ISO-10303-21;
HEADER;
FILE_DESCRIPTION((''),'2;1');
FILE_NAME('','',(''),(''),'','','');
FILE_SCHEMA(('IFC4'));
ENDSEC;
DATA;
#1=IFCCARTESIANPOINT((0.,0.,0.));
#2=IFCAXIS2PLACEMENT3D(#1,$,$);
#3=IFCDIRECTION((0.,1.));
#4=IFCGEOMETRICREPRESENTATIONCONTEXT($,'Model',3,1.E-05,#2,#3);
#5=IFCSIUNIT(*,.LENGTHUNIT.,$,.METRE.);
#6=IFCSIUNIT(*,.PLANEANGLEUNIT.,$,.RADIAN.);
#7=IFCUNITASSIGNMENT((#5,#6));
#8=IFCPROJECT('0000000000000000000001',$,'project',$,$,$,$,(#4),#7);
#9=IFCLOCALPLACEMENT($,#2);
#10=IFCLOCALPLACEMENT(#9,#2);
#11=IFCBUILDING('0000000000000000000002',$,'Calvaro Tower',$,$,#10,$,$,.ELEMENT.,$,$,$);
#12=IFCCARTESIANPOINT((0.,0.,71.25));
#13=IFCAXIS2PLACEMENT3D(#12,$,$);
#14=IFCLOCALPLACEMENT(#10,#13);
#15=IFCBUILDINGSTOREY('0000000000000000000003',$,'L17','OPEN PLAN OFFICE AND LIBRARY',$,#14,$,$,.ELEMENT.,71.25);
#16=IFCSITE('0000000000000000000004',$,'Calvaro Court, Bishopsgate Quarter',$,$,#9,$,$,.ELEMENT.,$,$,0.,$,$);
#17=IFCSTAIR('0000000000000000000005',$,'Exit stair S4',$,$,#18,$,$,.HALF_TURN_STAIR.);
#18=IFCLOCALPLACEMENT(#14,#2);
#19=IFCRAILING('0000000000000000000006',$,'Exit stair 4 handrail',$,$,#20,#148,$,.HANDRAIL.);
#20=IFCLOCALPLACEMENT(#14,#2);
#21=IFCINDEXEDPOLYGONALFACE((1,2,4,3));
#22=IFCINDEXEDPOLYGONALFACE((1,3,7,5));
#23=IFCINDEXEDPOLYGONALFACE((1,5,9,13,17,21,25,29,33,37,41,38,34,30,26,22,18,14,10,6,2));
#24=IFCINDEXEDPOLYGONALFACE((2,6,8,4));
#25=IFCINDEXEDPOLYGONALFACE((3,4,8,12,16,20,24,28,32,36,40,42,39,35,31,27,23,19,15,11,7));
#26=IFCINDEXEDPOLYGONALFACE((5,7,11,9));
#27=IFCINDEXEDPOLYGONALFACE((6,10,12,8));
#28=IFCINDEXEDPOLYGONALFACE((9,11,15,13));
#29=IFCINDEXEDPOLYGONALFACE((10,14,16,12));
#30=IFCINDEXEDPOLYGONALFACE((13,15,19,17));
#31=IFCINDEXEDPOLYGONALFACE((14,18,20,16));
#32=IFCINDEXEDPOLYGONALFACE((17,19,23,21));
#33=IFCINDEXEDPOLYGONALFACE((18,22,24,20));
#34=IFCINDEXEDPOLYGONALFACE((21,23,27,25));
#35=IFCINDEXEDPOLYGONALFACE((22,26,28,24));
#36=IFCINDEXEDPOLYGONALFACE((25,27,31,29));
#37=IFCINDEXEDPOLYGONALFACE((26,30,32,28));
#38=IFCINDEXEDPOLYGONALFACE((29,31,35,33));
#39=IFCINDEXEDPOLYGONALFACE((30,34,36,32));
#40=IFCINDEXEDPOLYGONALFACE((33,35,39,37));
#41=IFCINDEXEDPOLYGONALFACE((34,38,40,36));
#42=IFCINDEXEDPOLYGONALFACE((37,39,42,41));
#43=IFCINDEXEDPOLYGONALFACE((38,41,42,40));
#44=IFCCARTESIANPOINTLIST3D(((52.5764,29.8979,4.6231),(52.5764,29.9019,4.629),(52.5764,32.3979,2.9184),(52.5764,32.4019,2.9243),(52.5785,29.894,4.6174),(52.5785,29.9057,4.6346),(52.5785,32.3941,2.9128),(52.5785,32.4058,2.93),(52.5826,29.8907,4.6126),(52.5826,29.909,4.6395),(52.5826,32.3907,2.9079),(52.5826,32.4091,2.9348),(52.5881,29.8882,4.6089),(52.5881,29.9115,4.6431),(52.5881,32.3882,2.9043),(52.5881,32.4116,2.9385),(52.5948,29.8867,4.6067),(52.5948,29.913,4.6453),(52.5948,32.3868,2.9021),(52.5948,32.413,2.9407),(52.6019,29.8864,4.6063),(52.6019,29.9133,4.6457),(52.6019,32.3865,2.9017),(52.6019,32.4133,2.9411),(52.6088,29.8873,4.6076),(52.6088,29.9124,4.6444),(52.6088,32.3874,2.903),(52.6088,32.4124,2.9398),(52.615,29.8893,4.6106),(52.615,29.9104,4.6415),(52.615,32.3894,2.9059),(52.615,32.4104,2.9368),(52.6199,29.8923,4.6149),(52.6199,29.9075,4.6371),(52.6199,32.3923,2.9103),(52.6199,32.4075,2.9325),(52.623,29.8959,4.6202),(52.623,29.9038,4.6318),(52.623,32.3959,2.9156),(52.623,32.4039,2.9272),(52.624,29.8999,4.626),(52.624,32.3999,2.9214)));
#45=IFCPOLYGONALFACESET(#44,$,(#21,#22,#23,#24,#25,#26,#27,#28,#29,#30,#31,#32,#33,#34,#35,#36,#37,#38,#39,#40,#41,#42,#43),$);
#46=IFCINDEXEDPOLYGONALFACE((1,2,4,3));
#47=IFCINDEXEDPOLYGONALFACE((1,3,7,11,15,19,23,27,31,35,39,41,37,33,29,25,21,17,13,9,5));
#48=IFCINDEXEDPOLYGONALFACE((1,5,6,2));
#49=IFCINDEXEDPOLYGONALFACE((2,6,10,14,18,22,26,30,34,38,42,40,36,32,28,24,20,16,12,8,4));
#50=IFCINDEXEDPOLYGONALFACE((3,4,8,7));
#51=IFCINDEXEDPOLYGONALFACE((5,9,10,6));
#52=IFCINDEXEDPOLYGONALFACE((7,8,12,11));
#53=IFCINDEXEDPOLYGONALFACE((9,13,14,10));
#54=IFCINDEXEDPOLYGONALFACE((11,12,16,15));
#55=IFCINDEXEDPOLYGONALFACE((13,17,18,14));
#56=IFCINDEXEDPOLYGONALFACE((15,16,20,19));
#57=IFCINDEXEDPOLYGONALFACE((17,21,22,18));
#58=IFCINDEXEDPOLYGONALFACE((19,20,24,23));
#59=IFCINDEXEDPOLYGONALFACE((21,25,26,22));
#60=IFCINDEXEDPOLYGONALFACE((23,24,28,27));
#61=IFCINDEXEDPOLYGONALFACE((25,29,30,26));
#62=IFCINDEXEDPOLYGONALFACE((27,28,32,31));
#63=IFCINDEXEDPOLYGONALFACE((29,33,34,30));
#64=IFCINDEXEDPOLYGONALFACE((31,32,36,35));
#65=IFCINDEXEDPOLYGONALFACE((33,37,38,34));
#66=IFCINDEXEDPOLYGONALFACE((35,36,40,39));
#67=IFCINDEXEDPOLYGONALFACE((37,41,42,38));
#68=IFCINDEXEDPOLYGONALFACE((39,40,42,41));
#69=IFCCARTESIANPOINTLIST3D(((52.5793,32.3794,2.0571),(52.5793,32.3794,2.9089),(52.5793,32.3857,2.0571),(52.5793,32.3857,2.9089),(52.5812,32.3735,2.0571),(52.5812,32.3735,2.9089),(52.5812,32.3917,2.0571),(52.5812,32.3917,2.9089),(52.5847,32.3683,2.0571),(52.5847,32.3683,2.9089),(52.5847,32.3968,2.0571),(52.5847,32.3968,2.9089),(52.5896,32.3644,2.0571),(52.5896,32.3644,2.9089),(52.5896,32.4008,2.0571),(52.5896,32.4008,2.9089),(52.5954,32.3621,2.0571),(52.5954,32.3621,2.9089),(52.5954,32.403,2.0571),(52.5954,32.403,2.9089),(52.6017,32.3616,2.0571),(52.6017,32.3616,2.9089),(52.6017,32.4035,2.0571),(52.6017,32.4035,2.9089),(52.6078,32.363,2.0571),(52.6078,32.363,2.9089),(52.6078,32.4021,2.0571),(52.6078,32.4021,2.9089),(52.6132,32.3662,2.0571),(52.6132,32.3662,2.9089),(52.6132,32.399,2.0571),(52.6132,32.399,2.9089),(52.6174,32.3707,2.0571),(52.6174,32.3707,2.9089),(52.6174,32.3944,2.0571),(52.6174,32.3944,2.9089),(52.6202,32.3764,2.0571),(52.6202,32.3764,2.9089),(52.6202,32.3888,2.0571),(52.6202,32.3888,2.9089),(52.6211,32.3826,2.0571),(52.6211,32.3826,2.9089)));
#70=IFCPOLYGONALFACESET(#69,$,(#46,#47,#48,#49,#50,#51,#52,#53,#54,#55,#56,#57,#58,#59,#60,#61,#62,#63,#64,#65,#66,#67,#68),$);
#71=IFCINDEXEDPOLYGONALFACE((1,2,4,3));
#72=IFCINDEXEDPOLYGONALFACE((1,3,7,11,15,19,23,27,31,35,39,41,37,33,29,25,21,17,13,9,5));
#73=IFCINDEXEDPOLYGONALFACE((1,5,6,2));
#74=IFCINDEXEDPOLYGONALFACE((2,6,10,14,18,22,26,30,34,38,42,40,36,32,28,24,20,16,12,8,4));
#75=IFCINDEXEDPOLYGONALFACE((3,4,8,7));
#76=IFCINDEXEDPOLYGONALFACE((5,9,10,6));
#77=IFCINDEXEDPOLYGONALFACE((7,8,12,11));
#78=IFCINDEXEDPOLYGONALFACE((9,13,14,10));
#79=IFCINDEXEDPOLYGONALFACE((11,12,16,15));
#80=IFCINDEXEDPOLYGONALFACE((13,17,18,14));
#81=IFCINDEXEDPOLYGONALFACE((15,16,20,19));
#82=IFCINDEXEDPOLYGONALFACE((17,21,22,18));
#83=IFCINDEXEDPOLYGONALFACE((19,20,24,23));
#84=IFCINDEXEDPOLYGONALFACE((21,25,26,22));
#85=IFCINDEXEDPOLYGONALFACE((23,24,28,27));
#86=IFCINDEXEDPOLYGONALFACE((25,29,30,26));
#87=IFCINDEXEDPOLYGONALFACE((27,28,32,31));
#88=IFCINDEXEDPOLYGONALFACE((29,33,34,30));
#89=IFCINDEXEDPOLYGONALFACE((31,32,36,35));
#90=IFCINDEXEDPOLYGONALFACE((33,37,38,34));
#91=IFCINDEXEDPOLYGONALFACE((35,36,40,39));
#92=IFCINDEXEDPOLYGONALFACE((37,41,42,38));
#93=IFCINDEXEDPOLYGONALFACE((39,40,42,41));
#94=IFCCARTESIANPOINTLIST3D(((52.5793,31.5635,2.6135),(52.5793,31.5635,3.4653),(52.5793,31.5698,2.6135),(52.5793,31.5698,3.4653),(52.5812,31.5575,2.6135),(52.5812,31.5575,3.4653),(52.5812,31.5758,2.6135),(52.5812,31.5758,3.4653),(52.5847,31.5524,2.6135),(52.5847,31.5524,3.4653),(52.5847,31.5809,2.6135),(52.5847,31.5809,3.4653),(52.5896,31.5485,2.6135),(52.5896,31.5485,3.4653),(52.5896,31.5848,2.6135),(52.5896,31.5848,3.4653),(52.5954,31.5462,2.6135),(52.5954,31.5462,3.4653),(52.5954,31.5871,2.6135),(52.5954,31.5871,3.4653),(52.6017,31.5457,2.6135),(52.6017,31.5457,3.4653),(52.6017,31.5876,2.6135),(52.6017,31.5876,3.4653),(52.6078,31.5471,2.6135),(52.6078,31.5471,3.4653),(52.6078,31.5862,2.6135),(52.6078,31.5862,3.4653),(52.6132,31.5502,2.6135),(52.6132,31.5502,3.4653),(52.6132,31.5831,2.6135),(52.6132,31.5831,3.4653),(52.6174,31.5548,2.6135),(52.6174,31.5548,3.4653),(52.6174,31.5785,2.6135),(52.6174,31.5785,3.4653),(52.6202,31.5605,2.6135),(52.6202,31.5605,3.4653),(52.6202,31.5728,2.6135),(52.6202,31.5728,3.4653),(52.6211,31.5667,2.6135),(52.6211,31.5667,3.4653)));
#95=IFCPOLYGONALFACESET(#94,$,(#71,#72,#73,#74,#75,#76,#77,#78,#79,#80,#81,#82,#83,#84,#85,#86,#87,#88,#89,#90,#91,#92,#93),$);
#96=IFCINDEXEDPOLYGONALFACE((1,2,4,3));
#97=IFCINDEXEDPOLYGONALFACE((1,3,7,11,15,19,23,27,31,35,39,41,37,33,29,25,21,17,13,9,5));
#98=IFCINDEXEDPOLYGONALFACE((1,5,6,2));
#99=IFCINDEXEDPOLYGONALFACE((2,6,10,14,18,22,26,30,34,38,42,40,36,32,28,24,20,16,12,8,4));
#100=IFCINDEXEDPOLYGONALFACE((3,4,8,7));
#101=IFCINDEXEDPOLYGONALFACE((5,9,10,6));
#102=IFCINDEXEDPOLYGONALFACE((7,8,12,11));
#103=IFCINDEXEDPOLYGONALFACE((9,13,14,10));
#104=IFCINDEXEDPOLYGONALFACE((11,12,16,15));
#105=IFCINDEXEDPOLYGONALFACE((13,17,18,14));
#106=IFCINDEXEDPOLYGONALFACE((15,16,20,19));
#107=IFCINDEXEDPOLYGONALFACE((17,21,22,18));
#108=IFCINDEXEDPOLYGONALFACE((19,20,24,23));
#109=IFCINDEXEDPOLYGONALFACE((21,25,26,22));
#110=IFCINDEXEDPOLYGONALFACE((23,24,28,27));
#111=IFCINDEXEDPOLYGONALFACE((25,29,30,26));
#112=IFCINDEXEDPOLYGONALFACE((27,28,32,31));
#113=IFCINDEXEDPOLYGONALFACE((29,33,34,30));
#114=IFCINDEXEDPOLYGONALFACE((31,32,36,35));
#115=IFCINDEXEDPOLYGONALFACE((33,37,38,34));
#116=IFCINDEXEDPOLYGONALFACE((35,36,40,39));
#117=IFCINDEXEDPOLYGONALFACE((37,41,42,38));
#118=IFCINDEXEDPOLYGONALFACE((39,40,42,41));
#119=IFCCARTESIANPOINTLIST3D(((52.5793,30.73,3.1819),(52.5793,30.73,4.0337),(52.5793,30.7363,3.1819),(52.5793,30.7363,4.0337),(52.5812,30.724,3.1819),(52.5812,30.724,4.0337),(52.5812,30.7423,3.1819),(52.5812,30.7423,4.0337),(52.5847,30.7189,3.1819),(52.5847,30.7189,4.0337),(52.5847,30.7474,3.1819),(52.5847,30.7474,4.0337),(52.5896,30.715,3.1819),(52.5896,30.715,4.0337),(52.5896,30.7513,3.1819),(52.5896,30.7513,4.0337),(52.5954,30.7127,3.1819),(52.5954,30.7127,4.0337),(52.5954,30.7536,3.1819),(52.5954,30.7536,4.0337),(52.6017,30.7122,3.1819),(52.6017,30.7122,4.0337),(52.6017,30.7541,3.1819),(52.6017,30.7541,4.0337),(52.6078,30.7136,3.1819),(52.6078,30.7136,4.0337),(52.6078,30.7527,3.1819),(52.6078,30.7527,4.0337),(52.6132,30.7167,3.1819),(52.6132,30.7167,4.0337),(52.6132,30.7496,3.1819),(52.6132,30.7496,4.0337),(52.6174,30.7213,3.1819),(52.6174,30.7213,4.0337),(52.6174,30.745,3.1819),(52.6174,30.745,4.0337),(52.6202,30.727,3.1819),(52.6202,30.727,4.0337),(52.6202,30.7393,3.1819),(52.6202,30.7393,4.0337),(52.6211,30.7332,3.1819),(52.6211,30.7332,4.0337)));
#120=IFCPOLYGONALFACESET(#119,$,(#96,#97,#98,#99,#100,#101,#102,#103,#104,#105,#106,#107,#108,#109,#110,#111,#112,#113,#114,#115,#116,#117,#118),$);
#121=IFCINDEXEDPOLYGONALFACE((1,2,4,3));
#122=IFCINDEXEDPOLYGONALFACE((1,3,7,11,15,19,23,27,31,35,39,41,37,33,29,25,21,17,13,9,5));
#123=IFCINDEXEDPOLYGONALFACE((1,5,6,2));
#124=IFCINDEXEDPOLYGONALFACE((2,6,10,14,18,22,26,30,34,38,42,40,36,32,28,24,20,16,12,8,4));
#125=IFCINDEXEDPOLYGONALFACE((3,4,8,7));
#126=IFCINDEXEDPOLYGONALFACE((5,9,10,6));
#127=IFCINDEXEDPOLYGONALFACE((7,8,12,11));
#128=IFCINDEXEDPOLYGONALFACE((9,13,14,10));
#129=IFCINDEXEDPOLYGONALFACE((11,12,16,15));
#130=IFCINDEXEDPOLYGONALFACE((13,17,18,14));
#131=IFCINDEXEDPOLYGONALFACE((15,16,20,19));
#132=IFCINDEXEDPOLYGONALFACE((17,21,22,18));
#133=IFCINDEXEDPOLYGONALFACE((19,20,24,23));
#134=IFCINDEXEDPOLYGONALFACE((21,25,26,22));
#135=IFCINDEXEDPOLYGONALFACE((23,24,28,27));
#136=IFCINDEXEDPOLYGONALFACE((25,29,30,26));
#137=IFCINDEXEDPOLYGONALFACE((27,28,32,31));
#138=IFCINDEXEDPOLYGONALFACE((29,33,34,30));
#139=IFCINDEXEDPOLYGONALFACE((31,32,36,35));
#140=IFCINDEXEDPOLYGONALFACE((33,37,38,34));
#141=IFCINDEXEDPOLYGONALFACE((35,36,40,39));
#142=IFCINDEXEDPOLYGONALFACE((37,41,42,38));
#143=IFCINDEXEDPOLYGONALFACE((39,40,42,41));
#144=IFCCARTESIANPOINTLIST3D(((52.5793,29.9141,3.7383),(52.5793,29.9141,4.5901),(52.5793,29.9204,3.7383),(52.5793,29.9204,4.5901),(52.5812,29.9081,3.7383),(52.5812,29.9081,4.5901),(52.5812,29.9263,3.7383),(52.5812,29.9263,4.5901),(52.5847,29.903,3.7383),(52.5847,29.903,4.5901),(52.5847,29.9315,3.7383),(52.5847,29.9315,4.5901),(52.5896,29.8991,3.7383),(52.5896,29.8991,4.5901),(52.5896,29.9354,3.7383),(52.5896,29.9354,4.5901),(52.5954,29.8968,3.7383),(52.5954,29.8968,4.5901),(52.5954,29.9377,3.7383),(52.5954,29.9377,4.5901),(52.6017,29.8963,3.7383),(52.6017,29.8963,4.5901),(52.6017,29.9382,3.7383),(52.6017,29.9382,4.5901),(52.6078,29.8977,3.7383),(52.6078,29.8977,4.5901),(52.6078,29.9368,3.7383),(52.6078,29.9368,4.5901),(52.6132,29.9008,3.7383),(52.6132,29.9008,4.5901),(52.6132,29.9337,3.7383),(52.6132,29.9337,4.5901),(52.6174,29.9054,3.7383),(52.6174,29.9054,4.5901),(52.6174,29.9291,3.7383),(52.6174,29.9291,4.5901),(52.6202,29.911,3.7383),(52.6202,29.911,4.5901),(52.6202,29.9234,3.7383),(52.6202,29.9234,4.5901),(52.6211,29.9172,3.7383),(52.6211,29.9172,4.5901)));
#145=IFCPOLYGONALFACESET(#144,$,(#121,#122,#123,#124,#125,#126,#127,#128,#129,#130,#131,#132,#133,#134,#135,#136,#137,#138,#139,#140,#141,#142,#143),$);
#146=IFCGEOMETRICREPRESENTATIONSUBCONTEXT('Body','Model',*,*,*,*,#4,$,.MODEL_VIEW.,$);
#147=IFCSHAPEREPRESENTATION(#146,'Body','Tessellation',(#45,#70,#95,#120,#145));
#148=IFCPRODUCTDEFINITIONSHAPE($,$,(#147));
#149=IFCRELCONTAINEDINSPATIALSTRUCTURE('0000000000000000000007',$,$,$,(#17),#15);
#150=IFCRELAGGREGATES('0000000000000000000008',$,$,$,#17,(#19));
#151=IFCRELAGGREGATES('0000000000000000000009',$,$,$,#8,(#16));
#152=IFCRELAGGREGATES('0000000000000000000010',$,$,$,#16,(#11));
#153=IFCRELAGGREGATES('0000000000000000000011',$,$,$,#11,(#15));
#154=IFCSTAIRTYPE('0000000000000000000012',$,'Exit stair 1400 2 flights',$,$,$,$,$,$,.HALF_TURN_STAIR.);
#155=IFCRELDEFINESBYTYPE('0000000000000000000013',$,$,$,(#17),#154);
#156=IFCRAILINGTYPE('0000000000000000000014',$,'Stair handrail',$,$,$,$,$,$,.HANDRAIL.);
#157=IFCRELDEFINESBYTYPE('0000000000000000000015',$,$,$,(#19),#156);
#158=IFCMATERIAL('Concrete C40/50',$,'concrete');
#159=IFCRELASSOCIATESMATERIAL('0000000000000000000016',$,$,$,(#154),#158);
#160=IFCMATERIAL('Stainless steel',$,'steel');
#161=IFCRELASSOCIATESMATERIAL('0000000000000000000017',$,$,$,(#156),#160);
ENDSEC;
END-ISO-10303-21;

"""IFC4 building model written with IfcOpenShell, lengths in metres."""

from ifc_helpers import new_model, si_unit, direction, frame, origin, origin_2d, place, context, subcontext, project, spatial, circle, extrude, material, type_object, element, aggregate, save


model = new_model("IFC4")

# Units and contexts
model_context = context("Model", 3, precision=1e-05, world=origin(), true_north=direction((0.0, 1.0)))
body_context = subcontext(model_context, "Body", "Model", "MODEL_VIEW")
ifc_project = project(units=[si_unit("LENGTHUNIT", "METRE"), si_unit("PLANEANGLEUNIT", "RADIAN")], contexts=[model_context])

# Site, building, storey
site_placement = place(None, origin())
site = spatial("IfcSite", under=ifc_project, at=site_placement, Name="Calvaro Court, Bishopsgate Quarter", CompositionType="ELEMENT", RefElevation=0.0)
building_placement = place(site_placement, origin())
building = spatial("IfcBuilding", under=site, at=building_placement, Name="Calvaro Tower", CompositionType="ELEMENT")
storey_placement = place(building_placement, frame((0.0, 0.0, 71.25)))
storey = spatial("IfcBuildingStorey", under=building, at=storey_placement, Name="L17", Description="OPEN PLAN OFFICE AND LIBRARY", CompositionType="ELEMENT", Elevation=71.25)

# Stair
ifc_material_1 = material(Name="Concrete C40/50", Category="concrete")
stair_type = type_object("IfcStairType", Name="Exit stair 1400 2 flights", PredefinedType="HALF_TURN_STAIR", material=ifc_material_1)
stair_1_placement = place(storey_placement, origin())
stair_1 = element("IfcStair", 1, at=stair_1_placement, inside=storey, type_object=stair_type, Name="Exit stair S4", PredefinedType="HALF_TURN_STAIR")

# Railing
ifc_material_2 = material(Name="Stainless steel", Category="steel")
railing_type = type_object("IfcRailingType", Name="Stair handrail", PredefinedType="HANDRAIL", material=ifc_material_2)
railing_1_placement = place(storey_placement, frame((52.6001, 32.3999, 2.0454)))
railing_1 = element("IfcRailing", 2, at=railing_1_placement, type_object=railing_type, Name="Exit stair 4 handrail", PredefinedType="HANDRAIL", context=body_context, shape_type="SweptSolid", body=[
    extrude(circle(Radius=0.0239, at=origin_2d()), frame((0.0, 0.0, 0.876), z_axis=(0.0, -0.826221, 0.563347), x_axis=(1.0, 0.0, 0.0)), (0.0, 0.0, 1.0), 3.0259),
    extrude(circle(Radius=0.021, at=origin_2d()), frame((0.0, -0.0173, 0.0117)), (0.0, 0.0, 1.0), 0.8518),
    extrude(circle(Radius=0.021, at=origin_2d()), frame((0.0, -0.8333, 0.5681)), (0.0, 0.0, 1.0), 0.8518),
    extrude(circle(Radius=0.021, at=origin_2d()), frame((0.0, -1.6667, 1.1365)), (0.0, 0.0, 1.0), 0.8518),
    extrude(circle(Radius=0.021, at=origin_2d()), frame((0.0, -2.4827, 1.6929)), (0.0, 0.0, 1.0), 0.8518),
])
aggregate(stair_1, [railing_1])

save(model, "model.ifc")
